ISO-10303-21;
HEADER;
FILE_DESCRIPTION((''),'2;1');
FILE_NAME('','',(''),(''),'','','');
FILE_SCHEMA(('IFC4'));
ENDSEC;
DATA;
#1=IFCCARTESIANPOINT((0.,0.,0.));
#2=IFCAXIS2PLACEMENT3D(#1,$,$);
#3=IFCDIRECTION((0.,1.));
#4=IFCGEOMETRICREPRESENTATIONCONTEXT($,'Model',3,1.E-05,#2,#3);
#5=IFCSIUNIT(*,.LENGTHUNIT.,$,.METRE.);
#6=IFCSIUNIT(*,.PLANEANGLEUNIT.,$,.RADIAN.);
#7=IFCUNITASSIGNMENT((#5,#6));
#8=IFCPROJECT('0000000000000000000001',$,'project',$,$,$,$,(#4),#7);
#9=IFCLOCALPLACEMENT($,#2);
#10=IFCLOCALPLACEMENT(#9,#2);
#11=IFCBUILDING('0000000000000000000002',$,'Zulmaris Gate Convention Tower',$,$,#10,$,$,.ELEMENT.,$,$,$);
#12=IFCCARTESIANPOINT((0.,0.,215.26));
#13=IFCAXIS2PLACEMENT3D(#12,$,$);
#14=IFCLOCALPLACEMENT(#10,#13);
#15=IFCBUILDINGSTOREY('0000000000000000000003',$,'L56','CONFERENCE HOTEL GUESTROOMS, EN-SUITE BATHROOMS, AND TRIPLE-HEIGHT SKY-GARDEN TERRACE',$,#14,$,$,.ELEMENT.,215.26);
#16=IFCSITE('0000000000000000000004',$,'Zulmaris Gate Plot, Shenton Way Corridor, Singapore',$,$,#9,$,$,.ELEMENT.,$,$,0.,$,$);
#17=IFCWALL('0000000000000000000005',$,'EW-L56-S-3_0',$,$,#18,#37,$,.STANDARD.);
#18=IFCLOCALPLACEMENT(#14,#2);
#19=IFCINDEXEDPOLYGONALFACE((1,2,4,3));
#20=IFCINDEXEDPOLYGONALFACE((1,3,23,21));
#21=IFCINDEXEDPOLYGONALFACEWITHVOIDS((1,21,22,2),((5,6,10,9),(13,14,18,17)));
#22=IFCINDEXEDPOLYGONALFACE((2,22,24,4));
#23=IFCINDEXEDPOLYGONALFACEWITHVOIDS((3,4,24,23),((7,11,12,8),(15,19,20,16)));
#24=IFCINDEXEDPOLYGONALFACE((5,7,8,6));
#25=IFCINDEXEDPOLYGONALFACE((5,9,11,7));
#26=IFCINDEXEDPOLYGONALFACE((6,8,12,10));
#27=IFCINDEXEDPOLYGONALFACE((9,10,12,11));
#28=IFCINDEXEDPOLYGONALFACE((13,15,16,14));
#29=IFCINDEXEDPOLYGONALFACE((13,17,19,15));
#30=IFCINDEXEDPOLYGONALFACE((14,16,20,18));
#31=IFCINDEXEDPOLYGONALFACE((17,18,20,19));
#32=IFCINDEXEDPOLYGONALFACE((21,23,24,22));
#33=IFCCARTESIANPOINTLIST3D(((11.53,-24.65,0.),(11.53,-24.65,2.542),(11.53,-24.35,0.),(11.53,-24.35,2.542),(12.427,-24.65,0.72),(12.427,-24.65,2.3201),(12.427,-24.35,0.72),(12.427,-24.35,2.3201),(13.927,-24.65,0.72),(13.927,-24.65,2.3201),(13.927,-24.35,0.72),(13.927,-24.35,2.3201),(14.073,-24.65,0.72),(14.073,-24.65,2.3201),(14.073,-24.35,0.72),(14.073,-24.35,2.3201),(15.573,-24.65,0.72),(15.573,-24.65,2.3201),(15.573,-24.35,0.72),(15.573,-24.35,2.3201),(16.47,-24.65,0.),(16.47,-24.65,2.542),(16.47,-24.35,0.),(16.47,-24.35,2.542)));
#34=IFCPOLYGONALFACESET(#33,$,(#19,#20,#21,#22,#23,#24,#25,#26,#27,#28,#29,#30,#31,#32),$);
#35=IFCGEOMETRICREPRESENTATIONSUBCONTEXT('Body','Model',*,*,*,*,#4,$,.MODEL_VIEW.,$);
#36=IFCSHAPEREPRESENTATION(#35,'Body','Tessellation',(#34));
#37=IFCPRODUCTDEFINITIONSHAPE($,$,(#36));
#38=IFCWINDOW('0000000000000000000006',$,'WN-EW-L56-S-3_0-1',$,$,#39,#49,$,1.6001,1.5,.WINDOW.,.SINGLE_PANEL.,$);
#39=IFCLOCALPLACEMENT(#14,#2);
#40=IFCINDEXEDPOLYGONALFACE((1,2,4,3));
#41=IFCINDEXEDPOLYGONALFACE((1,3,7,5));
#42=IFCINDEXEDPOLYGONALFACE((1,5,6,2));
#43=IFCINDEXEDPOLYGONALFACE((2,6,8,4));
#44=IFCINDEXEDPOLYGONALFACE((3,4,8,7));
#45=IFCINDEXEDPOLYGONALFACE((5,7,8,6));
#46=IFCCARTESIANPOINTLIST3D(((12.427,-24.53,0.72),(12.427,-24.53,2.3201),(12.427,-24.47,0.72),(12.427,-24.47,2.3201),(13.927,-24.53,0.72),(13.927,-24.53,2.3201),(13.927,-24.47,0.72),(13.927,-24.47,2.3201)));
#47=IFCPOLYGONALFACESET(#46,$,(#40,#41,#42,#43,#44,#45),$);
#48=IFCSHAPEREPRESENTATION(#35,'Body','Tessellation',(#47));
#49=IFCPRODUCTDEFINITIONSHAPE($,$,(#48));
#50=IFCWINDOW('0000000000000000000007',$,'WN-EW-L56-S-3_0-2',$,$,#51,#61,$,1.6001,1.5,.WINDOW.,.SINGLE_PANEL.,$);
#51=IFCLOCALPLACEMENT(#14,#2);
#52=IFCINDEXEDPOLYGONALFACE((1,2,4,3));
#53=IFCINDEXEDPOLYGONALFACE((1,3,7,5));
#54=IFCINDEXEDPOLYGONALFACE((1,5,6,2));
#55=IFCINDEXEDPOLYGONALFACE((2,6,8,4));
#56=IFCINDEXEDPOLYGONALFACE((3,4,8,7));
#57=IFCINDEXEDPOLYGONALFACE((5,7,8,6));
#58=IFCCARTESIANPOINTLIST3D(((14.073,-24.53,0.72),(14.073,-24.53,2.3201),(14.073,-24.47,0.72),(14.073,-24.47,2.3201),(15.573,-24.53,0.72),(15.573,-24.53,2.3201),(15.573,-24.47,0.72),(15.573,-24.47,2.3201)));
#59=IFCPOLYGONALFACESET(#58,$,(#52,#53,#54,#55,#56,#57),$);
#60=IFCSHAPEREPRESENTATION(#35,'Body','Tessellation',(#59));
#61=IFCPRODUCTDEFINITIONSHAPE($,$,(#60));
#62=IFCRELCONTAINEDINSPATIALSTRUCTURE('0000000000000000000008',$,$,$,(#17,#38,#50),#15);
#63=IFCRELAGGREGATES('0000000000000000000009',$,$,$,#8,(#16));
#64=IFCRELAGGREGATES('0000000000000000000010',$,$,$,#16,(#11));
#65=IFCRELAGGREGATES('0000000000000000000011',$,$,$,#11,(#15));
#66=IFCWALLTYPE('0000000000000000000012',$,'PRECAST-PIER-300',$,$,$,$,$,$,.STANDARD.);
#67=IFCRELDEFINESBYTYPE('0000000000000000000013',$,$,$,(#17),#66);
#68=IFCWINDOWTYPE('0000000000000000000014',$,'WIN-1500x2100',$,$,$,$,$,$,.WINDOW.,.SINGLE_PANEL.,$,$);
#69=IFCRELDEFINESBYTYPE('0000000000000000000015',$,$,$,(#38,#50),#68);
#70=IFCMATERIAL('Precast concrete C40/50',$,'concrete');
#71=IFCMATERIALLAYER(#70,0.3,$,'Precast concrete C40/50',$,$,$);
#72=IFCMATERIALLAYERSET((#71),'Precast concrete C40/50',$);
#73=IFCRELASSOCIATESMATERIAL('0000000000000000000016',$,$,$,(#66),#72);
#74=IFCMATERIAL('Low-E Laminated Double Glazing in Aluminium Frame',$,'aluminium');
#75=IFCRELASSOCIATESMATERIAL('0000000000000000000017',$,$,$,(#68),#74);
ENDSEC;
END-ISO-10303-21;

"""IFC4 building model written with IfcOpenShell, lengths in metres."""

from ifc_helpers import new_model, si_unit, direction, frame, frame_2d, origin, place, context, subcontext, project, spatial, rectangle, extrude, material, layer, layer_set, type_object, element, fill, save


model = new_model("IFC4")

# Units and contexts
model_context = context("Model", 3, precision=1e-05, world=origin(), true_north=direction((0.0, 1.0)))
body_context = subcontext(model_context, "Body", "Model", "MODEL_VIEW")
ifc_project = project(units=[si_unit("LENGTHUNIT", "METRE"), si_unit("PLANEANGLEUNIT", "RADIAN")], contexts=[model_context])

# Site, building, storey
site_placement = place(None, origin())
site = spatial("IfcSite", under=ifc_project, at=site_placement, Name="Zulmaris Gate Plot, Shenton Way Corridor, Singapore", CompositionType="ELEMENT", RefElevation=0.0)
building_placement = place(site_placement, origin())
building = spatial("IfcBuilding", under=site, at=building_placement, Name="Zulmaris Gate Convention Tower", CompositionType="ELEMENT")
storey_placement = place(building_placement, frame((0.0, 0.0, 215.26)))
storey = spatial("IfcBuildingStorey", under=building, at=storey_placement, Name="L56", Description="CONFERENCE HOTEL GUESTROOMS, EN-SUITE BATHROOMS, AND TRIPLE-HEIGHT SKY-GARDEN TERRACE", CompositionType="ELEMENT", Elevation=215.26)

# Wall, openings, windows
ifc_material_1 = material(Name="Precast concrete C40/50", Category="concrete")
ifc_layer_1 = layer(ifc_material_1, 0.3, Name="Precast concrete C40/50")
ifc_layer_set_1 = layer_set([ifc_layer_1], Name="Precast concrete C40/50")
wall_type_1 = type_object("IfcWallType", Name="PRECAST-PIER-300", PredefinedType="STANDARD", material=ifc_layer_set_1)
wall_1_placement = place(storey_placement, frame((11.53, -24.5, 0.0), z_axis=(0.0, 0.0, 1.0), x_axis=(1.0, 0.0, 0.0)))
wall_1 = element("IfcWall", 1, at=wall_1_placement, inside=storey, type_object=wall_type_1, Name="EW-L56-S-3_0", PredefinedType="STANDARD", context=body_context, shape_type="SweptSolid", body=[
    extrude(rectangle(XDim=4.9399, YDim=0.3, at=frame_2d((2.47, 0.0))), origin(), (0.0, 0.0, 1.0), 2.542),
])
opening_1_placement = place(wall_1_placement, frame((0.897, 0.0, 0.72)))
opening_1 = element("IfcOpeningElement", 2, at=opening_1_placement, cuts=wall_1, PredefinedType="OPENING", context=body_context, shape_type="SweptSolid", body=[
    extrude(rectangle(XDim=1.5, YDim=1.6001, at=frame_2d((0.75, 0.8))), frame((0.0, 0.1602, 0.0), z_axis=(0.0, -1.0, 0.0), x_axis=(1.0, 0.0, 0.0)), (0.0, 0.0, 1.0), 0.3201),
])
opening_2_placement = place(wall_1_placement, frame((2.543, 0.0, 0.72)))
opening_2 = element("IfcOpeningElement", 3, at=opening_2_placement, cuts=wall_1, PredefinedType="OPENING", context=body_context, shape_type="SweptSolid", body=[
    extrude(rectangle(XDim=1.5, YDim=1.6001, at=frame_2d((0.75, 0.8))), frame((0.0, 0.1602, 0.0), z_axis=(0.0, -1.0, 0.0), x_axis=(1.0, 0.0, 0.0)), (0.0, 0.0, 1.0), 0.3201),
])
ifc_material_2 = material(Name="Low-E Laminated Double Glazing in Aluminium Frame", Category="aluminium")
window_type = type_object("IfcWindowType", Name="WIN-1500x2100", PartitioningType="SINGLE_PANEL", PredefinedType="WINDOW", material=ifc_material_2)
window_1_placement = place(opening_1_placement, origin())
window_1 = element("IfcWindow", 4, at=window_1_placement, inside=storey, type_object=window_type, Name="WN-EW-L56-S-3_0-1", OverallHeight=1.6001, OverallWidth=1.5, PartitioningType="SINGLE_PANEL", PredefinedType="WINDOW", context=body_context, shape_type="SweptSolid", body=[
    extrude(rectangle(XDim=1.5, YDim=1.6001, at=frame_2d((0.75, 0.8))), frame((0.0, 0.03, 0.0), z_axis=(0.0, -1.0, 0.0), x_axis=(1.0, 0.0, 0.0)), (0.0, 0.0, 1.0), 0.0601),
])
fill(opening_1, window_1)
window_2_placement = place(opening_2_placement, origin())
window_2 = element("IfcWindow", 5, at=window_2_placement, inside=storey, type_object=window_type, Name="WN-EW-L56-S-3_0-2", OverallHeight=1.6001, OverallWidth=1.5, PartitioningType="SINGLE_PANEL", PredefinedType="WINDOW", context=body_context, shape_type="SweptSolid", body=[
    extrude(rectangle(XDim=1.5, YDim=1.6001, at=frame_2d((0.75, 0.8))), frame((0.0, 0.03, 0.0), z_axis=(0.0, -1.0, 0.0), x_axis=(1.0, 0.0, 0.0)), (0.0, 0.0, 1.0), 0.0601),
])
fill(opening_2, window_2)

save(model, "model.ifc")
